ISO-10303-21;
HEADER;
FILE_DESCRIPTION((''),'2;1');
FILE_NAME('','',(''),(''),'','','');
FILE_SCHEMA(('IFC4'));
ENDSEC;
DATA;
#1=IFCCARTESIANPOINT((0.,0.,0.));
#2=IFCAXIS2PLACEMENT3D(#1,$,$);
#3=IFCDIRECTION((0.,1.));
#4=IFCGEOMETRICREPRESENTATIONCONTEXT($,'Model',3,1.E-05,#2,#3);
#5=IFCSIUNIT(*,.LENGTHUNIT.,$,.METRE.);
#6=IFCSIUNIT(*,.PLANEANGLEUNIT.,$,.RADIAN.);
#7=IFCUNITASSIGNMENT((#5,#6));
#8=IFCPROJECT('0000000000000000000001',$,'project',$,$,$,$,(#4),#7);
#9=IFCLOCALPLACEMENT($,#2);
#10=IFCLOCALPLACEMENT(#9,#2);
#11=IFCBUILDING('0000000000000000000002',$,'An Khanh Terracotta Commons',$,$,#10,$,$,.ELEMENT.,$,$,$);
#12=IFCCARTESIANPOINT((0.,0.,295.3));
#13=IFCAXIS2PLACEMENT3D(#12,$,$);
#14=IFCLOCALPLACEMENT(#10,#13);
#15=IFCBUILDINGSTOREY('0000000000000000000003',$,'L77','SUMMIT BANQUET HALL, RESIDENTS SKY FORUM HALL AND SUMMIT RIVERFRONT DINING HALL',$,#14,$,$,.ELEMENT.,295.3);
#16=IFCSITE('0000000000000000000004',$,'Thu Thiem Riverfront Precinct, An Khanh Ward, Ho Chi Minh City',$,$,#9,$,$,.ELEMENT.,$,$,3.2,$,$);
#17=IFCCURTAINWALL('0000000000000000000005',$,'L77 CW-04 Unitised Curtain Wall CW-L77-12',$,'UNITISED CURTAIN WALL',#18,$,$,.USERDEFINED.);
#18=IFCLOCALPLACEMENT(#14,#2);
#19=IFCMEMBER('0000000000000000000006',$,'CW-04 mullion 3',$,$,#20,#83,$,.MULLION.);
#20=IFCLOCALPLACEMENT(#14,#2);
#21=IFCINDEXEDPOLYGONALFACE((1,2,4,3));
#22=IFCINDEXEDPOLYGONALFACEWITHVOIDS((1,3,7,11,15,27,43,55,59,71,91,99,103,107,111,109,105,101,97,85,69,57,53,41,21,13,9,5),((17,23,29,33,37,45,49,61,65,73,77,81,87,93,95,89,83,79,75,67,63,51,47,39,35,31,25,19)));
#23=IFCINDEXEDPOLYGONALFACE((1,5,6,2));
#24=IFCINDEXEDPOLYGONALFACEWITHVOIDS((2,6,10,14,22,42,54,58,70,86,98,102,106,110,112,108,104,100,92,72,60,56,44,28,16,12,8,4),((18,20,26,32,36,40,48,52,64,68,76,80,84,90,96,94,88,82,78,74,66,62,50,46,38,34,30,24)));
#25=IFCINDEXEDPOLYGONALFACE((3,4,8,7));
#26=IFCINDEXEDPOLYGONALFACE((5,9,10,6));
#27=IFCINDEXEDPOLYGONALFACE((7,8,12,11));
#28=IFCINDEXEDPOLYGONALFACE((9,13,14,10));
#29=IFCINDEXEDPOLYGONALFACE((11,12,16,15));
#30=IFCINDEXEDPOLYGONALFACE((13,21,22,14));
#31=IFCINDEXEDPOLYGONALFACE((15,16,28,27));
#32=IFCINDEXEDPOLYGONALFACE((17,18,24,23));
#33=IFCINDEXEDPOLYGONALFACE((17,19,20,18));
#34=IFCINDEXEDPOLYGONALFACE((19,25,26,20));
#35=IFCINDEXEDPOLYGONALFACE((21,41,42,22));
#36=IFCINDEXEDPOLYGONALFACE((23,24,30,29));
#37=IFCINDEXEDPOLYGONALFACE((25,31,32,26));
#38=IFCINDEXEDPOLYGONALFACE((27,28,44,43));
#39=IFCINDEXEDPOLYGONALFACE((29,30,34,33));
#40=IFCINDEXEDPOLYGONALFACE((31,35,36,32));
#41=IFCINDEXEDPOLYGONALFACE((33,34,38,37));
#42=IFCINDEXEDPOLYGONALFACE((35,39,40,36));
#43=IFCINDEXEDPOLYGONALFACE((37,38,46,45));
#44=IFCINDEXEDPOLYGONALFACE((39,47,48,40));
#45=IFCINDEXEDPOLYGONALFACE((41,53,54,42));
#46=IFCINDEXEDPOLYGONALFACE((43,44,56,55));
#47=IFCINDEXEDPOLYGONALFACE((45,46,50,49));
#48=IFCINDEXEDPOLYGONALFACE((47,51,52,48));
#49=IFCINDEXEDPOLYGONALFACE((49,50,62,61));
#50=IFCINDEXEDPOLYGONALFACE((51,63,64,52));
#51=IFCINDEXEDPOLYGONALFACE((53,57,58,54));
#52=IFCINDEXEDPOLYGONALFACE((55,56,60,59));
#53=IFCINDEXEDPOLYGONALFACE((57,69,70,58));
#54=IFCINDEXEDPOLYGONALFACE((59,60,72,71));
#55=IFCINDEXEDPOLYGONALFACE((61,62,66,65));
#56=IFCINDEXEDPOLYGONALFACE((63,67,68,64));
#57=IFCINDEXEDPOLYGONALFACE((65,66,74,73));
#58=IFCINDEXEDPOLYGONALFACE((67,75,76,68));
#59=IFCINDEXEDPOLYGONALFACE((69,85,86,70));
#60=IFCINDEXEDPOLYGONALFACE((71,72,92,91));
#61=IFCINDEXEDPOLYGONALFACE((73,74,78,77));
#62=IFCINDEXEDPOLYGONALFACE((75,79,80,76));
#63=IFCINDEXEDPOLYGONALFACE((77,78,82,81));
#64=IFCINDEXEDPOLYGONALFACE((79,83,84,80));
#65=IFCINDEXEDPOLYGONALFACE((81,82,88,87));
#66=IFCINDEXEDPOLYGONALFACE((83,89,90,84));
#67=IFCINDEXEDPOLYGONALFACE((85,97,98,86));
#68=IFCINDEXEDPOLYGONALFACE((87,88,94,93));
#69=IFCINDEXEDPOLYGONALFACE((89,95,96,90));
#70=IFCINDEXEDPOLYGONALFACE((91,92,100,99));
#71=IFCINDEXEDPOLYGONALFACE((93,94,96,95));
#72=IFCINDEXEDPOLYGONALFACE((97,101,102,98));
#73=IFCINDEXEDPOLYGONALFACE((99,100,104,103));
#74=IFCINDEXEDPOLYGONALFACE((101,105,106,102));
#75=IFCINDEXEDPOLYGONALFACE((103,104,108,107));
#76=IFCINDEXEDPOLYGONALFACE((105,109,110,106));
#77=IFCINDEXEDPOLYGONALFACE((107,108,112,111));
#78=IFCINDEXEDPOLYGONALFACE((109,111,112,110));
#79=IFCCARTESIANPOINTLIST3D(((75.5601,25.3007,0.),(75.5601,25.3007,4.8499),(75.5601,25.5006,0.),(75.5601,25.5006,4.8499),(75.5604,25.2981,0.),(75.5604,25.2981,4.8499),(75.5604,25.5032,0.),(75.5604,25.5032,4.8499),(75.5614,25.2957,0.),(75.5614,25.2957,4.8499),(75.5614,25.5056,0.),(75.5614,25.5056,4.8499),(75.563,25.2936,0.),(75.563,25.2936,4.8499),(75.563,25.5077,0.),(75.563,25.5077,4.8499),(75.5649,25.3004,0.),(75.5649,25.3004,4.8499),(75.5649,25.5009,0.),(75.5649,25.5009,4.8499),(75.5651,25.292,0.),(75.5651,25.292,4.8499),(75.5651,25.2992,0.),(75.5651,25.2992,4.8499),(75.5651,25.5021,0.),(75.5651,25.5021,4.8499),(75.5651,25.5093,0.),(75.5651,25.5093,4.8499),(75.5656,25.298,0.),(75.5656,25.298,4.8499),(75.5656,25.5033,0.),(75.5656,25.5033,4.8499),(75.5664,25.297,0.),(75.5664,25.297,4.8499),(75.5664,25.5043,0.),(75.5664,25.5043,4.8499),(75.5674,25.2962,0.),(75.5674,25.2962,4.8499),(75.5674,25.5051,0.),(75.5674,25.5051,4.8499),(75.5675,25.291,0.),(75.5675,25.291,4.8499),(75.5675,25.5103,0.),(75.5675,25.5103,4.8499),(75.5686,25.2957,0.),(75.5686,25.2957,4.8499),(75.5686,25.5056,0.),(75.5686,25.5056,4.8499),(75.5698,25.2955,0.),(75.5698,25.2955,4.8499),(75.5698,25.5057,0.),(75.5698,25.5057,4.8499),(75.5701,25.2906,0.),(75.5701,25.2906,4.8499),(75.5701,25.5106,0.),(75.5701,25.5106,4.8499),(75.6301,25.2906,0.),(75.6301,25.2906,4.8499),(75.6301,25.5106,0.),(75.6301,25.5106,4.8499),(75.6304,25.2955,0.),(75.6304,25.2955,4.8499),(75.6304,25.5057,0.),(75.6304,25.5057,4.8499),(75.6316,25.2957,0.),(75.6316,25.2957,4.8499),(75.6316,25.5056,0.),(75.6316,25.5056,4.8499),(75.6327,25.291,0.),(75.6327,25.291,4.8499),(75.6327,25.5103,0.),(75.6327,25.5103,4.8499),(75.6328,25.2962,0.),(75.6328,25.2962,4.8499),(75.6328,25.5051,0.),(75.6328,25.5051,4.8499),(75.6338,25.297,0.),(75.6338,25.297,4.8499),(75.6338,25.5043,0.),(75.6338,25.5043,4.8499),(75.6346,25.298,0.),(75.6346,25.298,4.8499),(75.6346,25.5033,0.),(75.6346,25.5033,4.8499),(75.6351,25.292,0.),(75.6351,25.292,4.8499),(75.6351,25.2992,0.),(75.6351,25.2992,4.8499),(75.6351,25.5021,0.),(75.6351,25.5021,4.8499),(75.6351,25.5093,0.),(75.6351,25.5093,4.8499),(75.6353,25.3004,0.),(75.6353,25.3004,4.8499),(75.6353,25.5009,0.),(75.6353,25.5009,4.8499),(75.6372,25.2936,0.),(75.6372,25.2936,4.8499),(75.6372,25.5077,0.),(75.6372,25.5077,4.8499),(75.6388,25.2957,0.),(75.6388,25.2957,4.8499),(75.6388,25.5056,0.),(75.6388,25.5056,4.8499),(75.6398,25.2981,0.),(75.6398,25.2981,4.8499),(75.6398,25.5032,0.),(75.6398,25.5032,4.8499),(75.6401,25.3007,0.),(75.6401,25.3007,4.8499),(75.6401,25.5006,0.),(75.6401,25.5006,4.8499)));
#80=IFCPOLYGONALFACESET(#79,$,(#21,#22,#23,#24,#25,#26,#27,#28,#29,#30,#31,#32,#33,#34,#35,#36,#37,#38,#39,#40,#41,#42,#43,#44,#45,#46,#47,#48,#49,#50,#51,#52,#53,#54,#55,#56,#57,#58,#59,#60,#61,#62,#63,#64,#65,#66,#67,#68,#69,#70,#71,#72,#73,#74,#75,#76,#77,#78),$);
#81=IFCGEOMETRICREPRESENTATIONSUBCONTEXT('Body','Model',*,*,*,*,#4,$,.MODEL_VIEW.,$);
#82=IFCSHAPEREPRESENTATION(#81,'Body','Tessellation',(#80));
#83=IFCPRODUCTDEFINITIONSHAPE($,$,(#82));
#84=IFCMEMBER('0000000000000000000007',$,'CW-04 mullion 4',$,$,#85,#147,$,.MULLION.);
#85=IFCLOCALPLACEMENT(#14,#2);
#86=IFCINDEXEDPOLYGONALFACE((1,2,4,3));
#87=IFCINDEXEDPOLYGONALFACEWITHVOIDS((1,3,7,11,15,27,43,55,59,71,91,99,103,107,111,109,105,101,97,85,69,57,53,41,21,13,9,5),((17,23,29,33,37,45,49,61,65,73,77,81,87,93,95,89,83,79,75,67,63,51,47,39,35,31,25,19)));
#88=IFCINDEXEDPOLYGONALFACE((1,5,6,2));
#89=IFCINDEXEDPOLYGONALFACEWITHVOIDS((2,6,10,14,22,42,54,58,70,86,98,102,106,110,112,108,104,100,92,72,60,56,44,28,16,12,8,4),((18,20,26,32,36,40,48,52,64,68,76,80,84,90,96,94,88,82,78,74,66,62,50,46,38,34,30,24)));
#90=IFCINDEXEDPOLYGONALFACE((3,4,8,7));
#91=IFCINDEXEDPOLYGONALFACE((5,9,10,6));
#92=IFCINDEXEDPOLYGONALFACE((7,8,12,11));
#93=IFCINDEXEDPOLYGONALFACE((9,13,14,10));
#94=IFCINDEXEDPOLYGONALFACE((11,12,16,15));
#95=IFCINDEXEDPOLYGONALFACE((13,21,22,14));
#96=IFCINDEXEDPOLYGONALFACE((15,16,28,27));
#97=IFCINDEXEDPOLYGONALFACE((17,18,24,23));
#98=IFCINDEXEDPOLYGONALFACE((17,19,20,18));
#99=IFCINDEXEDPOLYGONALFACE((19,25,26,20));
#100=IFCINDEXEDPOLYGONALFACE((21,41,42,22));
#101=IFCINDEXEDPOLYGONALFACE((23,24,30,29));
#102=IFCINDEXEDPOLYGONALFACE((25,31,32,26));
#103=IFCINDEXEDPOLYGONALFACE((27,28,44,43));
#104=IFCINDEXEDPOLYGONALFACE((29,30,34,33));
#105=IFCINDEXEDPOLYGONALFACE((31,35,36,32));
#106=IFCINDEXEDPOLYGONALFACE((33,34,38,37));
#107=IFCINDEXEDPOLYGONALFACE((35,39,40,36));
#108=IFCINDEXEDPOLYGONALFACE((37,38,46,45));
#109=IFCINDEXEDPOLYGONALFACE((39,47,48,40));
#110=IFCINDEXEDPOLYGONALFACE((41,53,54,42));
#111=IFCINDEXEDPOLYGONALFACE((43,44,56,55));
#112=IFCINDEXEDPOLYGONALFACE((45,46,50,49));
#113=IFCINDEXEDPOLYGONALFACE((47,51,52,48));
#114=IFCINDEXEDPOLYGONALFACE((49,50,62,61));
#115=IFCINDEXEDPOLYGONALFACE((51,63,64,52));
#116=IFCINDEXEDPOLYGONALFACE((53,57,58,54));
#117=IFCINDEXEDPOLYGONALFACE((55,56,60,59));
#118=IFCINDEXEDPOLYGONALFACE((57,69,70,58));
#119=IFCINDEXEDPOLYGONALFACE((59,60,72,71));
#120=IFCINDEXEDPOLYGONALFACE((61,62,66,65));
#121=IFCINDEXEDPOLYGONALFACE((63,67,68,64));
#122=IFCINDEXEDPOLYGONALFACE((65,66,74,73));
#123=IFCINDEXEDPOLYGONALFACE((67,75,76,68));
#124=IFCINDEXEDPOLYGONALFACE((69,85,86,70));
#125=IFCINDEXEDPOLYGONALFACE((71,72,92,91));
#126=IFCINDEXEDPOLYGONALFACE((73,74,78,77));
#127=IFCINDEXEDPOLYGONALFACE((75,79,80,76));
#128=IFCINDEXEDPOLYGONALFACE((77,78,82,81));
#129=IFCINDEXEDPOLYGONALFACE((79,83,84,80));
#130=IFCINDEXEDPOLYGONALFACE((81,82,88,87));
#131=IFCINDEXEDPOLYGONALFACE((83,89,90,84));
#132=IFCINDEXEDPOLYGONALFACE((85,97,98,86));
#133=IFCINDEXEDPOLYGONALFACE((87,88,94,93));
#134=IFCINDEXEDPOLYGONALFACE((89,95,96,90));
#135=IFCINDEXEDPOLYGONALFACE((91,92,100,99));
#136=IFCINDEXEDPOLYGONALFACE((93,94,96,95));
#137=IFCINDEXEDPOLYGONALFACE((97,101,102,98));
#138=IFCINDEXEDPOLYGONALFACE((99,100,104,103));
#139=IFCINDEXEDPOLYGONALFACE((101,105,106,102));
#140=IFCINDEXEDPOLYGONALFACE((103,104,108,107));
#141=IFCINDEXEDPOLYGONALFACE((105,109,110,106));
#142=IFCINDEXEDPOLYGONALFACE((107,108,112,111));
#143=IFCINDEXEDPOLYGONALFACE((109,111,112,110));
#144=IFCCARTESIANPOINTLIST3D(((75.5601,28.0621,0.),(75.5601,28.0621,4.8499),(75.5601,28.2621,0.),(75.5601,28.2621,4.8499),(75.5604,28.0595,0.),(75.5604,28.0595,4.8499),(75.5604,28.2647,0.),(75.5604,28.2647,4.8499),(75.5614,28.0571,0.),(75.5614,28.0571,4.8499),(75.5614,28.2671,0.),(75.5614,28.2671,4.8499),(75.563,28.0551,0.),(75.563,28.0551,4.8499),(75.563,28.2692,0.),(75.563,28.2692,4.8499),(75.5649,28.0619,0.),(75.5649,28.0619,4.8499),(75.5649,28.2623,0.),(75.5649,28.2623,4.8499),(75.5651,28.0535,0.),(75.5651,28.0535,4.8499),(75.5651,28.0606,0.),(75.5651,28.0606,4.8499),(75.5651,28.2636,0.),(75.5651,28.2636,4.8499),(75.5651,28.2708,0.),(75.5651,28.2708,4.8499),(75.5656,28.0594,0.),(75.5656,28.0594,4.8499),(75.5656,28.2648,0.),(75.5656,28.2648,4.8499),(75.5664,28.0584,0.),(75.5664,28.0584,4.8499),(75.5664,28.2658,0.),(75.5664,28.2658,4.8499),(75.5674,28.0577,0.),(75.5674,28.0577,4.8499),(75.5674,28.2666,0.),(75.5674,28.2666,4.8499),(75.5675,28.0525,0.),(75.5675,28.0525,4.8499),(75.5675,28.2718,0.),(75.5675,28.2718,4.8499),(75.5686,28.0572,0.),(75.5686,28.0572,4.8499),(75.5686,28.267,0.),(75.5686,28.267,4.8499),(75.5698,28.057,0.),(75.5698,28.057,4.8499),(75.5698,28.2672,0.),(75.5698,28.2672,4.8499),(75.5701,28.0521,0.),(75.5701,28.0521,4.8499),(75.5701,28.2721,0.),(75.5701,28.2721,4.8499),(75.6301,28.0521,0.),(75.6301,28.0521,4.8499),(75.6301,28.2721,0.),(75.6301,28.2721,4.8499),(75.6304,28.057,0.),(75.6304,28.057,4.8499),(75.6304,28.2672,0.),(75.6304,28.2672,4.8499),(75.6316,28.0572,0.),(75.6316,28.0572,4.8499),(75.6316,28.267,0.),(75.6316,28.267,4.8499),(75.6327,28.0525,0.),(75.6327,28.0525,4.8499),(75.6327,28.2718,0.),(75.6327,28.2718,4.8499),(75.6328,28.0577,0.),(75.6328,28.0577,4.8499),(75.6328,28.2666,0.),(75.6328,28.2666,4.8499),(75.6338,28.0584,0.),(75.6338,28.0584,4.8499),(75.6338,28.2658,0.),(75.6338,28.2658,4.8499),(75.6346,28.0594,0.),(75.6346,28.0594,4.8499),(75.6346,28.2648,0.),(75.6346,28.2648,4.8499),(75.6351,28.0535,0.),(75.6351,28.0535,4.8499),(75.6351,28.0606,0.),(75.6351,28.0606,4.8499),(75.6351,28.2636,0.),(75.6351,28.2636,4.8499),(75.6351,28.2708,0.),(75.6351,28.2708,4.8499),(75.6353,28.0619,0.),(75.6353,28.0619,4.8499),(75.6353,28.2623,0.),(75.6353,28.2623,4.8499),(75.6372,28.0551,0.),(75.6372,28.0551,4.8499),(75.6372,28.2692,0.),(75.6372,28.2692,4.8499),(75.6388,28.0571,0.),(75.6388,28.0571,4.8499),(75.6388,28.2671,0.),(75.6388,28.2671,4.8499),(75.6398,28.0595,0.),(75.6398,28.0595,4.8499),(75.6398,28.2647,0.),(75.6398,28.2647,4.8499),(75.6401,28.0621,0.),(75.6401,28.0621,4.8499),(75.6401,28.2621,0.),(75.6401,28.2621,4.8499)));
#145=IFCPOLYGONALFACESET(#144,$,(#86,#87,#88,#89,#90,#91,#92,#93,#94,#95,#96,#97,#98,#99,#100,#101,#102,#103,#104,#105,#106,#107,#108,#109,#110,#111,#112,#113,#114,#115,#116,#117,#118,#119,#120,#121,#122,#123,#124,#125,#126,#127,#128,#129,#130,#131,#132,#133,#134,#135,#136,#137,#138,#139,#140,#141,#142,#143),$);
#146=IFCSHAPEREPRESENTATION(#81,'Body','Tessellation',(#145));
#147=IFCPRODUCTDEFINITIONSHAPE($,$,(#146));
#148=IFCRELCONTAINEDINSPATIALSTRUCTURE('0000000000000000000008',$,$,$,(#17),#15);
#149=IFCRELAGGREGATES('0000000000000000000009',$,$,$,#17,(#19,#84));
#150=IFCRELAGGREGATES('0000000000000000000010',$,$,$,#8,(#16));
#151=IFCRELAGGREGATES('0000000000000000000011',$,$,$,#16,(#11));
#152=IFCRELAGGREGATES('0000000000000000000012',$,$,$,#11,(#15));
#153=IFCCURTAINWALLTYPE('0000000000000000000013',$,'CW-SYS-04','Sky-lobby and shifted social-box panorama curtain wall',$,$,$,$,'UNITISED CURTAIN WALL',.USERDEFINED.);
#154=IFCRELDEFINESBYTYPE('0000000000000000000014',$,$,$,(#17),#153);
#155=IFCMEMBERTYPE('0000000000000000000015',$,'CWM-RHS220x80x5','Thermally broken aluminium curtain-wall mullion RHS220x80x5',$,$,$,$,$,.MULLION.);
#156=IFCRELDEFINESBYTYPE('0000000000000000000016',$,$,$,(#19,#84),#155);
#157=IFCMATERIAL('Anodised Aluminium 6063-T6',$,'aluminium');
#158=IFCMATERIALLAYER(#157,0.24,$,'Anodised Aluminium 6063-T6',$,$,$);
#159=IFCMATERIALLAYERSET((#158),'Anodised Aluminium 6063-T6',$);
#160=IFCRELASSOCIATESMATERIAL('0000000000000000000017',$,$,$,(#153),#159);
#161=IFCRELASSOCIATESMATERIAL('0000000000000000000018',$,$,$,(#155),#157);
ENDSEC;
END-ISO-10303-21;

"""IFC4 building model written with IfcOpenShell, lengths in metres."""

from ifc_helpers import new_model, si_unit, direction, frame, origin, origin_2d, place, context, subcontext, project, spatial, hollow_rectangle, extrude, material, layer, layer_set, material_profile, profile_set, type_object, element, aggregate, save


model = new_model("IFC4")

# Units and contexts
model_context = context("Model", 3, precision=1e-05, world=origin(), true_north=direction((0.0, 1.0)))
body_context = subcontext(model_context, "Body", "Model", "MODEL_VIEW")
ifc_project = project(units=[si_unit("LENGTHUNIT", "METRE"), si_unit("PLANEANGLEUNIT", "RADIAN")], contexts=[model_context])

# Site, building, storey
site_placement = place(None, origin())
site = spatial("IfcSite", under=ifc_project, at=site_placement, Name="Thu Thiem Riverfront Precinct, An Khanh Ward, Ho Chi Minh City", CompositionType="ELEMENT", RefElevation=3.2)
building_placement = place(site_placement, origin())
building = spatial("IfcBuilding", under=site, at=building_placement, Name="An Khanh Terracotta Commons", CompositionType="ELEMENT")
storey_placement = place(building_placement, frame((0.0, 0.0, 295.3)))
storey = spatial("IfcBuildingStorey", under=building, at=storey_placement, Name="L77", Description="SUMMIT BANQUET HALL, RESIDENTS SKY FORUM HALL AND SUMMIT RIVERFRONT DINING HALL", CompositionType="ELEMENT", Elevation=295.3)

# Curtain wall, members
ifc_material_1 = material(Name="Anodised Aluminium 6063-T6", Category="aluminium")
ifc_layer_1 = layer(ifc_material_1, 0.24, Name="Anodised Aluminium 6063-T6")
ifc_layer_set_1 = layer_set([ifc_layer_1], Name="Anodised Aluminium 6063-T6")
curtain_wall_type = type_object("IfcCurtainWallType", Name="CW-SYS-04", Description="Sky-lobby and shifted social-box panorama curtain wall", ElementType="UNITISED CURTAIN WALL", PredefinedType="USERDEFINED", material=ifc_layer_set_1)
curtain_wall_1_placement = place(storey_placement, origin())
curtain_wall_1 = element("IfcCurtainWall", 1, at=curtain_wall_1_placement, inside=storey, type_object=curtain_wall_type, Name="L77 CW-04 Unitised Curtain Wall CW-L77-12", ObjectType="UNITISED CURTAIN WALL", PredefinedType="USERDEFINED")
ifc_material_profile_1 = material_profile(ifc_material_1, hollow_rectangle(XDim=0.0801, YDim=0.22, WallThickness=0.0049, InnerFilletRadius=0.0049, OuterFilletRadius=0.01, at=origin_2d()), Name="RHS220x80x5")
ifc_profile_set_1 = profile_set([ifc_material_profile_1], Name="Anodised Aluminium 6063-T6")
member_type_1 = type_object("IfcMemberType", Name="CWM-RHS220x80x5", Description="Thermally broken aluminium curtain-wall mullion RHS220x80x5", PredefinedType="MULLION", material=ifc_profile_set_1)
member_1_placement = place(storey_placement, frame((75.6001, 25.4006, 0.0), z_axis=(0.0, 0.0, 1.0), x_axis=(-1.0, 0.0, 0.0)))
member_1 = element("IfcMember", 2, at=member_1_placement, type_object=member_type_1, Name="CW-04 mullion 3", PredefinedType="MULLION", context=body_context, shape_type="SweptSolid", body=[
    extrude(hollow_rectangle(XDim=0.0801, YDim=0.22, WallThickness=0.0049, InnerFilletRadius=0.0049, OuterFilletRadius=0.01, at=origin_2d()), origin(), (0.0, 0.0, 1.0), 4.8499),
])
member_2_placement = place(storey_placement, frame((75.6001, 28.1621, 0.0), z_axis=(0.0, 0.0, 1.0), x_axis=(-1.0, 0.0, 0.0)))
member_2 = element("IfcMember", 3, at=member_2_placement, type_object=member_type_1, Name="CW-04 mullion 4", PredefinedType="MULLION", context=body_context, shape_type="SweptSolid", body=[
    extrude(hollow_rectangle(XDim=0.0801, YDim=0.22, WallThickness=0.0049, InnerFilletRadius=0.0049, OuterFilletRadius=0.01, at=origin_2d()), origin(), (0.0, 0.0, 1.0), 4.8499),
])

aggregate(curtain_wall_1, [member_1, member_2])

save(model, "model.ifc")
